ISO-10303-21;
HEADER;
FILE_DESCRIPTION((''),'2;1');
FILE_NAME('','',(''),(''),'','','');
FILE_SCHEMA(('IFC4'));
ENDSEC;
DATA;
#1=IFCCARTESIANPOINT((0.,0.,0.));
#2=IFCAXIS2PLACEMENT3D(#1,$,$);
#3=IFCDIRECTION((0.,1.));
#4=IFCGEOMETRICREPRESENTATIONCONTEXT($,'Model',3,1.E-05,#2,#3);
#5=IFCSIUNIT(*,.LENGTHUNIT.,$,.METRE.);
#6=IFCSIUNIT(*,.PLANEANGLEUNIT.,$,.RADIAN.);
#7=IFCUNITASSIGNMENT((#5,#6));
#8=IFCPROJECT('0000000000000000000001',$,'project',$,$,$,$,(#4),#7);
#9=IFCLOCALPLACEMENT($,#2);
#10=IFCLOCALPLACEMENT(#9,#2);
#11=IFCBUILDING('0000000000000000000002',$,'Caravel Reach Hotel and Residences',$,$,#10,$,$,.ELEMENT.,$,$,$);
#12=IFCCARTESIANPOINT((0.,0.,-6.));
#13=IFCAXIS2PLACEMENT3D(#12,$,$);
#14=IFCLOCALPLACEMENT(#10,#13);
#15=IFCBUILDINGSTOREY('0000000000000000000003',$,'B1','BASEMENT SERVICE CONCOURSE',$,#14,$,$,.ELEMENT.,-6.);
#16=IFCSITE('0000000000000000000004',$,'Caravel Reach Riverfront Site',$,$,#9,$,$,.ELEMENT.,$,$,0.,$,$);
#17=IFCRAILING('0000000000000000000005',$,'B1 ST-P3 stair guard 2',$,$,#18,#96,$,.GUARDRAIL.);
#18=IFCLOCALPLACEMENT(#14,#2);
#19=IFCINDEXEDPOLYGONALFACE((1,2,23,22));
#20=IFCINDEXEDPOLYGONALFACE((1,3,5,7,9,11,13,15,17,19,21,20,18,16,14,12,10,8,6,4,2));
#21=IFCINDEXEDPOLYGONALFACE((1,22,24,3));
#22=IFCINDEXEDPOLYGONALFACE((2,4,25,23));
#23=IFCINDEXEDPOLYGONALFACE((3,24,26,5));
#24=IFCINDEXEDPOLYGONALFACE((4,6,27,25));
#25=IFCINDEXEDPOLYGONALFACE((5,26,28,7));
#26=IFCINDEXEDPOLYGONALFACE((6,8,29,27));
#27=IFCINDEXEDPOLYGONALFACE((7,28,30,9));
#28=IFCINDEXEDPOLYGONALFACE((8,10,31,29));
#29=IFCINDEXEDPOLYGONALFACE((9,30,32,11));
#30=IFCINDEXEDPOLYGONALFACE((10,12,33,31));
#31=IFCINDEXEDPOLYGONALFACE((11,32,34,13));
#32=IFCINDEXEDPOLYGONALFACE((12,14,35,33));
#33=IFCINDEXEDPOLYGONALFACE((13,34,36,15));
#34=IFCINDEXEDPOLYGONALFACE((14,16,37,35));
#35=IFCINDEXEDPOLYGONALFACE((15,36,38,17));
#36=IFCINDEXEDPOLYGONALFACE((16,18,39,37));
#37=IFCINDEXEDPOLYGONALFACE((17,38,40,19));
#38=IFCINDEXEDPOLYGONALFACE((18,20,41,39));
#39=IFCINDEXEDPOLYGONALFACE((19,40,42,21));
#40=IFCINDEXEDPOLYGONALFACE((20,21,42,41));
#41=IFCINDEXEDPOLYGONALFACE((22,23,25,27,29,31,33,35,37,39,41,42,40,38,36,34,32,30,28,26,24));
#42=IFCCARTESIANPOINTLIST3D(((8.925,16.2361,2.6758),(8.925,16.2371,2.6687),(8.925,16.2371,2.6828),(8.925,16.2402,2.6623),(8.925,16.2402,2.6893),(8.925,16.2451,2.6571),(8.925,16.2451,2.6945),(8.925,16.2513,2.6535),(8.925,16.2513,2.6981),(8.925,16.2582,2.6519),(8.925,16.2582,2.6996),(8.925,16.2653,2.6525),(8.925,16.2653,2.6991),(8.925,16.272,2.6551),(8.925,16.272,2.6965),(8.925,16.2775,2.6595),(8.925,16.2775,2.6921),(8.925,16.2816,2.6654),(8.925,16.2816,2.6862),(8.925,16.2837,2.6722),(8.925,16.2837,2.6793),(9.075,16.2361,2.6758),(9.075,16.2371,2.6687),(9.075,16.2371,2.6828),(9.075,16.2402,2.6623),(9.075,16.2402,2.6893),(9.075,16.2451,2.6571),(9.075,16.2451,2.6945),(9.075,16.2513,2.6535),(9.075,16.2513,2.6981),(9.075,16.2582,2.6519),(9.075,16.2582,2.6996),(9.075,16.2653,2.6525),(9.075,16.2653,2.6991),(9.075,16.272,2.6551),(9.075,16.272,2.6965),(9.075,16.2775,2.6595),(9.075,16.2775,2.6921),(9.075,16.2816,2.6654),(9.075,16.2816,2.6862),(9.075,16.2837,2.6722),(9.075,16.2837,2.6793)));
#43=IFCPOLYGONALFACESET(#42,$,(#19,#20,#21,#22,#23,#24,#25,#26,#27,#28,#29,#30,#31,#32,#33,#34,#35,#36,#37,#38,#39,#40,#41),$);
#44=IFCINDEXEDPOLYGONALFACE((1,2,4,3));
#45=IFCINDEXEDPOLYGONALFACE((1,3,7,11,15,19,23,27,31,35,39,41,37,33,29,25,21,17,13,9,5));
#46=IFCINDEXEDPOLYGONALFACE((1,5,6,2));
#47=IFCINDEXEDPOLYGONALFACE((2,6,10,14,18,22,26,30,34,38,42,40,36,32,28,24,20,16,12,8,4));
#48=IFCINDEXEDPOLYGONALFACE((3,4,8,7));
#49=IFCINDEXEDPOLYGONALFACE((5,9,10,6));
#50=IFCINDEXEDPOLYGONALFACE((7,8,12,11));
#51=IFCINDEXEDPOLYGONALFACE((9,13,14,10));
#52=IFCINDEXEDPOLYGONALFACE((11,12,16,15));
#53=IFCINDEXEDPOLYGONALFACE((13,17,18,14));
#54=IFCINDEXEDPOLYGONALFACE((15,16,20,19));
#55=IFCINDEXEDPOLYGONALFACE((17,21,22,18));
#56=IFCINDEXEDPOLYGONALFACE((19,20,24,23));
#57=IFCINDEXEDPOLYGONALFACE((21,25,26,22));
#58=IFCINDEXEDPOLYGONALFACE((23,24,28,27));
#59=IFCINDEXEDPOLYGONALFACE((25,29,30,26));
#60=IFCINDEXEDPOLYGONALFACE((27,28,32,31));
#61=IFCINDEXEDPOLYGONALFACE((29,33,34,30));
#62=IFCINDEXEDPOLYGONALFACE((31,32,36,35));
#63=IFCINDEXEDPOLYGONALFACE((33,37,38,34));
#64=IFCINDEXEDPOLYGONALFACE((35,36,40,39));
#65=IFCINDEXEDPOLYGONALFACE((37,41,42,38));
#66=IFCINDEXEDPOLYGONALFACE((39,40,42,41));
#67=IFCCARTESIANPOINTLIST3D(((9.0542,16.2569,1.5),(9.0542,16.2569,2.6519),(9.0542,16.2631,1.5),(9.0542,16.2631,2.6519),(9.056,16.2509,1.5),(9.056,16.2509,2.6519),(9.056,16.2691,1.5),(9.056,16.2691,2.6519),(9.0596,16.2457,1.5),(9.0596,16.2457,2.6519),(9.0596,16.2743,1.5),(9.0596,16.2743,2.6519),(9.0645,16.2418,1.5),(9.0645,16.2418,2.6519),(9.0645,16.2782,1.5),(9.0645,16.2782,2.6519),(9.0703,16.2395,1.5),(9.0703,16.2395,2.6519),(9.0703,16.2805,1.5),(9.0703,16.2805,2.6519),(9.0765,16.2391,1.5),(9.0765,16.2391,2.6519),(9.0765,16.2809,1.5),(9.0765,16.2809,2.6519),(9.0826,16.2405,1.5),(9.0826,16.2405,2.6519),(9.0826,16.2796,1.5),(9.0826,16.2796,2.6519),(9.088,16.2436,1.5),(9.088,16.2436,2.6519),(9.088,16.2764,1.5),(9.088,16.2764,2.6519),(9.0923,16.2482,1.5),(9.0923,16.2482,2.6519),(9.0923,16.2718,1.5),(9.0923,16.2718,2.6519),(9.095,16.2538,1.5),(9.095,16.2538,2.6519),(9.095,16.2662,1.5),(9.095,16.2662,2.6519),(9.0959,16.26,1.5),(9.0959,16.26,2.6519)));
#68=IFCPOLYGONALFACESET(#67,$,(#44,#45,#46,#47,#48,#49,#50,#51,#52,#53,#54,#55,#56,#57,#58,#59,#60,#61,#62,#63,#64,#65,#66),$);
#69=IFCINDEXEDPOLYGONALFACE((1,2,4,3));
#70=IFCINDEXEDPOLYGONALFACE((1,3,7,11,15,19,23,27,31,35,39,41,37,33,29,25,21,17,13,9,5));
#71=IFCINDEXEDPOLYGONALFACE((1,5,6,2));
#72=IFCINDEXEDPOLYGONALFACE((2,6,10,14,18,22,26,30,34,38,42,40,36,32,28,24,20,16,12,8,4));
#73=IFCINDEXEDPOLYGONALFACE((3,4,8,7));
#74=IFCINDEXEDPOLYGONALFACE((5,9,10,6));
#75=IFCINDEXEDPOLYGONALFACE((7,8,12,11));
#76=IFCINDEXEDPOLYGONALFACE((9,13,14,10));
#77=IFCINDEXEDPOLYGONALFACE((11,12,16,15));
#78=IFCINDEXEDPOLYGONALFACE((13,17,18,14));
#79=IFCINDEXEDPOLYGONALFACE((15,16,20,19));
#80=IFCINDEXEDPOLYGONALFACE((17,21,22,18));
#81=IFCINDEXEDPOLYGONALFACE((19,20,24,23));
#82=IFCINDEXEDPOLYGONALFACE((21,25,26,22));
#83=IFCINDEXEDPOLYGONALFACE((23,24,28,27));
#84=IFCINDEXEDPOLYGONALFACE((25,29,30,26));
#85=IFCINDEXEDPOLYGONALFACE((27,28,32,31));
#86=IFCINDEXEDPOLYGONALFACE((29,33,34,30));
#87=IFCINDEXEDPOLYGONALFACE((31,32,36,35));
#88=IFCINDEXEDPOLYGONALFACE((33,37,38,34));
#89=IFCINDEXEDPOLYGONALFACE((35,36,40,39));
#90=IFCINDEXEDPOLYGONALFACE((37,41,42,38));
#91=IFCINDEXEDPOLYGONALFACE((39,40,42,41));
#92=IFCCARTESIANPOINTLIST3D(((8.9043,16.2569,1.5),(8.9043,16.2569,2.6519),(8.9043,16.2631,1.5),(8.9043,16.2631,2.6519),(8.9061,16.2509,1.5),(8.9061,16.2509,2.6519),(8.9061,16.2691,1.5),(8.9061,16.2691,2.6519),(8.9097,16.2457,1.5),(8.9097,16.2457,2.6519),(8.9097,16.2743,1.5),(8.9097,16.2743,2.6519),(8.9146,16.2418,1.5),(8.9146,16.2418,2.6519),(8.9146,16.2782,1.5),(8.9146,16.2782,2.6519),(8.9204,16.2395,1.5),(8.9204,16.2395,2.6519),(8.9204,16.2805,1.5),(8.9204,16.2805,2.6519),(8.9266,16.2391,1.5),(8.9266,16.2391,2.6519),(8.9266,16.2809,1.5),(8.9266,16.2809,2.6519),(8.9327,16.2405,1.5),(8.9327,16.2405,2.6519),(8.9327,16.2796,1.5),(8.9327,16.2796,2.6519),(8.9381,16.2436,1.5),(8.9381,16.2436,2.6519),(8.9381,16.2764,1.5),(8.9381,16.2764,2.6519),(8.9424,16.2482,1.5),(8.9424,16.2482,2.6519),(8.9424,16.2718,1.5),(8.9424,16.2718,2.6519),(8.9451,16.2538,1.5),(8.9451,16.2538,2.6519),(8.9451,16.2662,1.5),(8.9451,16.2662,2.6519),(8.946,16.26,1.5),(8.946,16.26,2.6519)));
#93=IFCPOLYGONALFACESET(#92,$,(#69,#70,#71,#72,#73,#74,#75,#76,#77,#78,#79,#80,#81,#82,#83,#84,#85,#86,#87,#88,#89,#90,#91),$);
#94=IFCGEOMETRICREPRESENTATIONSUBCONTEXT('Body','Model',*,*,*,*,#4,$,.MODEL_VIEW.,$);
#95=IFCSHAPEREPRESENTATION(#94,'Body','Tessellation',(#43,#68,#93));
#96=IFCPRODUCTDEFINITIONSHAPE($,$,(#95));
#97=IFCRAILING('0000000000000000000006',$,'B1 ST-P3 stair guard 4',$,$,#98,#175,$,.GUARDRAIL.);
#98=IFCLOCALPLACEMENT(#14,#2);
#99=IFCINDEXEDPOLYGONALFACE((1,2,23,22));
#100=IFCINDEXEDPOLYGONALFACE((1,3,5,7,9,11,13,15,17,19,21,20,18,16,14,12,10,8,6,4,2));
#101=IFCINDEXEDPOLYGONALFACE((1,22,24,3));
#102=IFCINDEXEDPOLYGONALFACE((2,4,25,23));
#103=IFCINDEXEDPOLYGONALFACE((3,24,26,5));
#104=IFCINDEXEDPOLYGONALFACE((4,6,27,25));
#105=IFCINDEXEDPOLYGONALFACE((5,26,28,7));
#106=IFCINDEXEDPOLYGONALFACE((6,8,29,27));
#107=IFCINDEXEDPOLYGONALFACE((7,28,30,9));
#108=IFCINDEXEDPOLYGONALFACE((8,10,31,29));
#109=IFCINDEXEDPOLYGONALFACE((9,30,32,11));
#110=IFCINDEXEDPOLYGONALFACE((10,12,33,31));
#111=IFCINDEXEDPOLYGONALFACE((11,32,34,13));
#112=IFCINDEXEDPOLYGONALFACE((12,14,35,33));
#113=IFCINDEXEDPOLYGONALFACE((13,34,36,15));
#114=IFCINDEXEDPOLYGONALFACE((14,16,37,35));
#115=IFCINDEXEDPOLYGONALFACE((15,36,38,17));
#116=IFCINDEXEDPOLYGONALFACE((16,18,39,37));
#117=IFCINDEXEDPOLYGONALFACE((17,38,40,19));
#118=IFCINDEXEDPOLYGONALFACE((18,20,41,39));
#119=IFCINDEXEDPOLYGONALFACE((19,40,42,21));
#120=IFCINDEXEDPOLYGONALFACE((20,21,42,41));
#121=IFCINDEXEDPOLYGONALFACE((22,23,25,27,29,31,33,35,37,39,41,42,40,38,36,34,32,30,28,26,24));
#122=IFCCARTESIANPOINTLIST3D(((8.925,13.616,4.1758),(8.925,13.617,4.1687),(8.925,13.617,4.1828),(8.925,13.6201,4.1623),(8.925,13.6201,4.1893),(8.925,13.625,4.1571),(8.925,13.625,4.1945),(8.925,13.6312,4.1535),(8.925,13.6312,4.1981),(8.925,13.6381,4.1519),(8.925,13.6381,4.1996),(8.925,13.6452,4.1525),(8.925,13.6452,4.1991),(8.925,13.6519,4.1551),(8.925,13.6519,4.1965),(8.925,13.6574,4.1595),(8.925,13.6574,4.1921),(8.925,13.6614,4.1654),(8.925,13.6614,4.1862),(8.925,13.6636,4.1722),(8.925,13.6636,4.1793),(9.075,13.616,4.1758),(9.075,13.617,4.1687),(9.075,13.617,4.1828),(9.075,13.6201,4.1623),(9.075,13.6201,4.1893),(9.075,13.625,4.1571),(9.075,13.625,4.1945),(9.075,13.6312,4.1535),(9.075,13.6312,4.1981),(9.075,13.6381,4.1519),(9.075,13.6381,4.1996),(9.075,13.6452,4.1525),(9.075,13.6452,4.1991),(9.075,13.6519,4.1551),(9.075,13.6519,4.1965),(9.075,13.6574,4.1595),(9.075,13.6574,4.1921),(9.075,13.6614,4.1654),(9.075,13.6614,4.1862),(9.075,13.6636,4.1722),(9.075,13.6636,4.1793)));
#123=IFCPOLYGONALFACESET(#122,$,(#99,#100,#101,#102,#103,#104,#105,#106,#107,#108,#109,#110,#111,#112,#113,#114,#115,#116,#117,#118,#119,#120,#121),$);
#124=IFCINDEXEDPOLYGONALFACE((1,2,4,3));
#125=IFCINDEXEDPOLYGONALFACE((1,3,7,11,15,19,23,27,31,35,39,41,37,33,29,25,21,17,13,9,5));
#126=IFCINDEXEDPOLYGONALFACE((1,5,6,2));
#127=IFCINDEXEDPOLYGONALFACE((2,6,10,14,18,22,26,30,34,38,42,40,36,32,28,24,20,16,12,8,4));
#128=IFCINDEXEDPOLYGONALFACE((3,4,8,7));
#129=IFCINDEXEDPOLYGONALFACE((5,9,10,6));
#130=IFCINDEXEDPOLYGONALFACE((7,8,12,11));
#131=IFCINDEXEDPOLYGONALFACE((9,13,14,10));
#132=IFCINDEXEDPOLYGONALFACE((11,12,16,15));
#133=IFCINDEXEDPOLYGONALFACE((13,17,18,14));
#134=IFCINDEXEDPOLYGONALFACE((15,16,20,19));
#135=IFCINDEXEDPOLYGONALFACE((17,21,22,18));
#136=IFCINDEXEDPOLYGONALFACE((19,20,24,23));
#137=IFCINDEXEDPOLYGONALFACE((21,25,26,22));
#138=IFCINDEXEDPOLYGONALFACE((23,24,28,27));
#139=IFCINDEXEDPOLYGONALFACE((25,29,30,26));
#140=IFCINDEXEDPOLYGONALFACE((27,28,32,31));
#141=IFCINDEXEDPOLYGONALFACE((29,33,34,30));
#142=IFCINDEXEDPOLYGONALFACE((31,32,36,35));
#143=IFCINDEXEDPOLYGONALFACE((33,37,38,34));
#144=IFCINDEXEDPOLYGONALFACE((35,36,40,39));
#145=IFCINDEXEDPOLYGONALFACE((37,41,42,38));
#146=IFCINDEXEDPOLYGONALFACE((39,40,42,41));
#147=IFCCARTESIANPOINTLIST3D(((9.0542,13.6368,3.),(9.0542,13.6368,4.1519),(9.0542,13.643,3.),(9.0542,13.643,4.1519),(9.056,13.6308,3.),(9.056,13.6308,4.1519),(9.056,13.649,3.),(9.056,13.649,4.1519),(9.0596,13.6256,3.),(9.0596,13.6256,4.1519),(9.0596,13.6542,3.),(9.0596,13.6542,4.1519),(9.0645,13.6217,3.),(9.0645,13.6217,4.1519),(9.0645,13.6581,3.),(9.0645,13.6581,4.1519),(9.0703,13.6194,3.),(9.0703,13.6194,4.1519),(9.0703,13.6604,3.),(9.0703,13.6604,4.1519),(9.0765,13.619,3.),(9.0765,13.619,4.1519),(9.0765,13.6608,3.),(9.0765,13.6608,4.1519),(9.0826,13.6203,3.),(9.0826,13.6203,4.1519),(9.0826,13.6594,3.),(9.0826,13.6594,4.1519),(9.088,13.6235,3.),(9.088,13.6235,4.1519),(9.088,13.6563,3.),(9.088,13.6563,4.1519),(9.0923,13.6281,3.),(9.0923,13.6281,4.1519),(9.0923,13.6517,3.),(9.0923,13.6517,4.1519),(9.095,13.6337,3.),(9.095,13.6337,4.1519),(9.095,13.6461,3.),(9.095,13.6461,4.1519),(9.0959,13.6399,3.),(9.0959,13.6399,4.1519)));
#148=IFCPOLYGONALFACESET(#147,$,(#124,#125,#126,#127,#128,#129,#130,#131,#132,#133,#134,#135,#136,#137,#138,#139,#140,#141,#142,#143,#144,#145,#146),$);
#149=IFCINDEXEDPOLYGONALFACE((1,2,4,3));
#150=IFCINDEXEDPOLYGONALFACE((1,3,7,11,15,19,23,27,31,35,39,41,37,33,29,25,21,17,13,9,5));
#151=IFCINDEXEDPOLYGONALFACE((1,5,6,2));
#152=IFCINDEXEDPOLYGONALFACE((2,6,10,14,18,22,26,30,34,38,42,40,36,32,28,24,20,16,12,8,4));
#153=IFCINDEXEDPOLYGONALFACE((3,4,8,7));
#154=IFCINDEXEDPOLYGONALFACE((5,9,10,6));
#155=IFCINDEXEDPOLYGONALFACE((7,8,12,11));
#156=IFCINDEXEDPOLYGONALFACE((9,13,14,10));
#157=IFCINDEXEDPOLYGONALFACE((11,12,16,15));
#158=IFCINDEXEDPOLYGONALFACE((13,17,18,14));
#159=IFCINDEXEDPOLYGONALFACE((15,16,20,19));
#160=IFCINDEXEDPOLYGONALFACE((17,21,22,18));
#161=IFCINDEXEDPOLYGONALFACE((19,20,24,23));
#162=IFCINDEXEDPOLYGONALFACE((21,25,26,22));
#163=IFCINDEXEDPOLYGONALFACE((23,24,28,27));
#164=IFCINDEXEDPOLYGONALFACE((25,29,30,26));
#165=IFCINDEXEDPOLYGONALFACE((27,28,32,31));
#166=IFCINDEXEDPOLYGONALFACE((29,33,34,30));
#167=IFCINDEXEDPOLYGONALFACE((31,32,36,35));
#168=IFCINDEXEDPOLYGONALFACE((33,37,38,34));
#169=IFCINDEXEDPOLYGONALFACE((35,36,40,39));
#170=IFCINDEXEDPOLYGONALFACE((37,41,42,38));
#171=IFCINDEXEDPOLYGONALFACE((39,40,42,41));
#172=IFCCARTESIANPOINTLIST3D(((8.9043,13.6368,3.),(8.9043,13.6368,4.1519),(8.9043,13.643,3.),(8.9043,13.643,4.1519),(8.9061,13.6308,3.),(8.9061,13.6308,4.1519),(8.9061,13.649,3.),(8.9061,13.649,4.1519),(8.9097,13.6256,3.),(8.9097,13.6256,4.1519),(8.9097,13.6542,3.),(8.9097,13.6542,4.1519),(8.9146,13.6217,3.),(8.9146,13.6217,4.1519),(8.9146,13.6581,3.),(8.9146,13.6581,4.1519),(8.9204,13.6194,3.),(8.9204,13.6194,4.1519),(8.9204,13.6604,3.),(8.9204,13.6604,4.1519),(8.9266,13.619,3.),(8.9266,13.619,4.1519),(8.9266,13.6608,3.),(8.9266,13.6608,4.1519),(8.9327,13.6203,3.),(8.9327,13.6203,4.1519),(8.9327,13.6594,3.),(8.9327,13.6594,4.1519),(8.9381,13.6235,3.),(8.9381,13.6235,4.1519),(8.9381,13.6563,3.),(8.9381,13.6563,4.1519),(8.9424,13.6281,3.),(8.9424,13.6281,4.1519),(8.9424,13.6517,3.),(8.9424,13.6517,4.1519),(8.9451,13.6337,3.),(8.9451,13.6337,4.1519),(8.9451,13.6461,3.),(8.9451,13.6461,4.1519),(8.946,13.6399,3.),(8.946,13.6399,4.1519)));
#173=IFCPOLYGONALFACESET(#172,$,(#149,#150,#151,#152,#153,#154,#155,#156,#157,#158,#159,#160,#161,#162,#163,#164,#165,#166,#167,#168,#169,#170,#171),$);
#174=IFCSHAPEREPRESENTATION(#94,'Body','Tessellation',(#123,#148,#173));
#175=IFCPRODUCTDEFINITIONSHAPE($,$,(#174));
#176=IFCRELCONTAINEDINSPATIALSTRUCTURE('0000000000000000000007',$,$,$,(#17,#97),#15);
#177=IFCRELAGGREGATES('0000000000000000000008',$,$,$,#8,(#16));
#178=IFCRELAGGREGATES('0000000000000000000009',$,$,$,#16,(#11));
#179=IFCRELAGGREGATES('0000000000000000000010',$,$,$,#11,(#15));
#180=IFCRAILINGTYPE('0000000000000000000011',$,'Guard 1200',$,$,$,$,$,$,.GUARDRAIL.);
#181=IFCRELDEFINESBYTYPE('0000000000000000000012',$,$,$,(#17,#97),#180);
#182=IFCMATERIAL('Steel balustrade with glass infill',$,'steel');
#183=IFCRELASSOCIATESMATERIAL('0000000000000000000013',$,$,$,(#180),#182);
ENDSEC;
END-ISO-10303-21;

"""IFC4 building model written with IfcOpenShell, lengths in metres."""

from ifc_helpers import new_model, si_unit, direction, frame, origin, origin_2d, place, context, subcontext, project, spatial, circle, extrude, material, type_object, element, save


model = new_model("IFC4")

# Units and contexts
model_context = context("Model", 3, precision=1e-05, world=origin(), true_north=direction((0.0, 1.0)))
body_context = subcontext(model_context, "Body", "Model", "MODEL_VIEW")
ifc_project = project(units=[si_unit("LENGTHUNIT", "METRE"), si_unit("PLANEANGLEUNIT", "RADIAN")], contexts=[model_context])

# Site, building, storey
site_placement = place(None, origin())
site = spatial("IfcSite", under=ifc_project, at=site_placement, Name="Caravel Reach Riverfront Site", CompositionType="ELEMENT", RefElevation=0.0)
building_placement = place(site_placement, origin())
building = spatial("IfcBuilding", under=site, at=building_placement, Name="Caravel Reach Hotel and Residences", CompositionType="ELEMENT")
storey_placement = place(building_placement, frame((0.0, 0.0, -6.0)))
storey = spatial("IfcBuildingStorey", under=building, at=storey_placement, Name="B1", Description="BASEMENT SERVICE CONCOURSE", CompositionType="ELEMENT", Elevation=-6.0)

# Railings
ifc_material_1 = material(Name="Steel balustrade with glass infill", Category="steel")
railing_type_1 = type_object("IfcRailingType", Name="Guard 1200", PredefinedType="GUARDRAIL", material=ifc_material_1)
for number, where, name in (
    (1, (9.075, 16.26, 1.5), "B1 ST-P3 stair guard 2"),
    (2, (9.075, 13.6399, 3.0), "B1 ST-P3 stair guard 4"),
):
    element("IfcRailing", number, at=place(storey_placement, frame(where)), inside=storey, type_object=railing_type_1, Name=name, PredefinedType="GUARDRAIL", context=body_context, shape_type="SweptSolid", body=[
        extrude(circle(Radius=0.0239, at=origin_2d()), frame((0.0, 0.0, 1.1758), z_axis=(-1.0, 0.0, 0.0), x_axis=(0.0, -1.0, 0.0)), (0.0, 0.0, 1.0), 0.1499),
        extrude(circle(Radius=0.021, at=origin_2d()), origin(), (0.0, 0.0, 1.0), 1.1519),
        extrude(circle(Radius=0.021, at=origin_2d()), frame((-0.1499, 0.0, 0.0)), (0.0, 0.0, 1.0), 1.1519),
    ])

save(model, "model.ifc")
